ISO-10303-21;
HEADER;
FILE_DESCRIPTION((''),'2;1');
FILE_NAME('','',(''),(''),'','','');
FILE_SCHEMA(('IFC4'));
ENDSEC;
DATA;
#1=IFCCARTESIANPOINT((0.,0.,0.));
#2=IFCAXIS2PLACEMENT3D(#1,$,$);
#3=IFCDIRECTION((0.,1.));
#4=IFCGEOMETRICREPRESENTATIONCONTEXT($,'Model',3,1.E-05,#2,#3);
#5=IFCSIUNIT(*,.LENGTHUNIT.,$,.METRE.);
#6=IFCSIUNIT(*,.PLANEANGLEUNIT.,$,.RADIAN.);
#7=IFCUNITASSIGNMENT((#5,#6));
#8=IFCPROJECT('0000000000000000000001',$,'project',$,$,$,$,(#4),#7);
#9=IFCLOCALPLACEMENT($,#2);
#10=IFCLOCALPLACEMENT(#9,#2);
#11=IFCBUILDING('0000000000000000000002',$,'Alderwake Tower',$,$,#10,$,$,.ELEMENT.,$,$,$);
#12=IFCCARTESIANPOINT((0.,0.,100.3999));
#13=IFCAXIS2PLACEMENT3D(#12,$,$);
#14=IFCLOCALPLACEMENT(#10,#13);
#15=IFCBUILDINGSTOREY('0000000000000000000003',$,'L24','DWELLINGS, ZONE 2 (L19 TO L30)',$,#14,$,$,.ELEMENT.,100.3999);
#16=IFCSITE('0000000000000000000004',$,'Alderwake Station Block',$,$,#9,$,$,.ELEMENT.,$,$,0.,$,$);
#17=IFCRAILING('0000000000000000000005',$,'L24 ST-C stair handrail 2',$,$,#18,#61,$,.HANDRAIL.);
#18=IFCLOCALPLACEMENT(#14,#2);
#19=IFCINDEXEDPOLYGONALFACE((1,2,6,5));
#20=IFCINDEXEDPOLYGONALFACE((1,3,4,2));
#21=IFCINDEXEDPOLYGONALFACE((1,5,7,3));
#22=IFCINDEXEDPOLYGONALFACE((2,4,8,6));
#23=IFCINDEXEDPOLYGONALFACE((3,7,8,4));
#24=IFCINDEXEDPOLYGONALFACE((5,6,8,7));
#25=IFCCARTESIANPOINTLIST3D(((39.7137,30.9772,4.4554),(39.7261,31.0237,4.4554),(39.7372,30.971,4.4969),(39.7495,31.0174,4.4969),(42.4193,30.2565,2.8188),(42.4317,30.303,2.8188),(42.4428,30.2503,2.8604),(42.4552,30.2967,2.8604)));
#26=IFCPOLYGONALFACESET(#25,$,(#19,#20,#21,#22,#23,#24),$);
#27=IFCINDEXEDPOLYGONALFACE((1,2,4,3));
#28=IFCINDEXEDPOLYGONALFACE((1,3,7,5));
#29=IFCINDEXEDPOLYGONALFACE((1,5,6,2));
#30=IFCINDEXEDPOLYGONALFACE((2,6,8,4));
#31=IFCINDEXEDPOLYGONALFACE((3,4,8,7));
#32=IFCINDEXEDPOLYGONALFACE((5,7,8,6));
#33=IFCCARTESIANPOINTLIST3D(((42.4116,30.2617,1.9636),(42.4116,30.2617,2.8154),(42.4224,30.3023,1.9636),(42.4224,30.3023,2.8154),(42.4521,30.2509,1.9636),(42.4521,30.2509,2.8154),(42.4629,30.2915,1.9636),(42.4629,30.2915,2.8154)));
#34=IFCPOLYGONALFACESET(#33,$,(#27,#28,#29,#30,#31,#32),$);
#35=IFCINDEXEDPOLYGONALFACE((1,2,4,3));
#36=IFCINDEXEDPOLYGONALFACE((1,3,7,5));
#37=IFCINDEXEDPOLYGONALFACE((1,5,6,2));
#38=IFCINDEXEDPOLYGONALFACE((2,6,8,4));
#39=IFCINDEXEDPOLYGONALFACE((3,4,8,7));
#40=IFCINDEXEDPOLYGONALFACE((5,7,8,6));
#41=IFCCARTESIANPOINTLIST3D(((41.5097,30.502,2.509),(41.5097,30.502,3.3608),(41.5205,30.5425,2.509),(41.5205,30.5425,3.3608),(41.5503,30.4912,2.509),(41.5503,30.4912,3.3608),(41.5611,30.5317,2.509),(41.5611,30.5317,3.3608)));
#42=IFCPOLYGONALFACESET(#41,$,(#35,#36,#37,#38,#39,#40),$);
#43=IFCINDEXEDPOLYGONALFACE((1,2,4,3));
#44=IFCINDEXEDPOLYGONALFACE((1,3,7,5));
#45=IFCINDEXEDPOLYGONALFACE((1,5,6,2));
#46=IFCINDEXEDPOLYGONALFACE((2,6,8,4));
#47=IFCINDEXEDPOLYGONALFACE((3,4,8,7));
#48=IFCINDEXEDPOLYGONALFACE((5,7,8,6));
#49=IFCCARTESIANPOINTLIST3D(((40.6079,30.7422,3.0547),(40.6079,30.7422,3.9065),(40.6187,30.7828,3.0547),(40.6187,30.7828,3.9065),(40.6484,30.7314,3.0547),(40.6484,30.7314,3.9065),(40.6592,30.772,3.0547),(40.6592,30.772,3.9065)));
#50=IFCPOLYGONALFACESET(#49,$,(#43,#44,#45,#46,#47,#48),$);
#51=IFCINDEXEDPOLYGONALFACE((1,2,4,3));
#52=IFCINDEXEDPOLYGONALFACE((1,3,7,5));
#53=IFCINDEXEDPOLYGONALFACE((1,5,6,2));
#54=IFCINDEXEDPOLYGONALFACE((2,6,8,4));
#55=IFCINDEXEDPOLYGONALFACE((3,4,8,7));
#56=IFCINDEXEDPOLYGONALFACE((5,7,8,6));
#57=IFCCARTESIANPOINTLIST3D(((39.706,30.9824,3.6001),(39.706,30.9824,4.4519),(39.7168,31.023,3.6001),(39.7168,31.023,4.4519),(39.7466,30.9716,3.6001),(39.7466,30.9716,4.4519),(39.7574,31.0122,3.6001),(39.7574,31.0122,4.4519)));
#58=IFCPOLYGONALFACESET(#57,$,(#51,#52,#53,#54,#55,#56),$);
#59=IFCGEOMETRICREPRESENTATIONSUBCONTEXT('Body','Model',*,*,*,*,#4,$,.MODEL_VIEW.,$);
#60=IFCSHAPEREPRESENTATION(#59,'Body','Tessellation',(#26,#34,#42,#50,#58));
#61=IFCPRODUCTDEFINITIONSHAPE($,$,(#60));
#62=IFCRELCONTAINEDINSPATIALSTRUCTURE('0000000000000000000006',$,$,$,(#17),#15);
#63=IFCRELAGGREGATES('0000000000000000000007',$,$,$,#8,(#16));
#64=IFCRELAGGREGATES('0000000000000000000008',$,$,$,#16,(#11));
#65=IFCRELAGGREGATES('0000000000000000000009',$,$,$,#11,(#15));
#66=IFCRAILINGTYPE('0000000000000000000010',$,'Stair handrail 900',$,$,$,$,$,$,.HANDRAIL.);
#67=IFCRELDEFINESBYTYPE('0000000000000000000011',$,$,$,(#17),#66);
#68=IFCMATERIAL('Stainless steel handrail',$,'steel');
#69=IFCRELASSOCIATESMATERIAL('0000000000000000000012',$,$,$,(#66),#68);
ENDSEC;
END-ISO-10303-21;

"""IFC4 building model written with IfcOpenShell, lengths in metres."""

from ifc_helpers import new_model, si_unit, direction, frame, origin, origin_2d, place, context, subcontext, project, spatial, rectangle, extrude, material, type_object, element, save


model = new_model("IFC4")

# Units and contexts
model_context = context("Model", 3, precision=1e-05, world=origin(), true_north=direction((0.0, 1.0)))
body_context = subcontext(model_context, "Body", "Model", "MODEL_VIEW")
ifc_project = project(units=[si_unit("LENGTHUNIT", "METRE"), si_unit("PLANEANGLEUNIT", "RADIAN")], contexts=[model_context])

# Site, building, storey
site_placement = place(None, origin())
site = spatial("IfcSite", under=ifc_project, at=site_placement, Name="Alderwake Station Block", CompositionType="ELEMENT", RefElevation=0.0)
building_placement = place(site_placement, origin())
building = spatial("IfcBuilding", under=site, at=building_placement, Name="Alderwake Tower", CompositionType="ELEMENT")
storey_placement = place(building_placement, frame((0.0, 0.0, 100.3999)))
storey = spatial("IfcBuildingStorey", under=building, at=storey_placement, Name="L24", Description="DWELLINGS, ZONE 2 (L19 TO L30)", CompositionType="ELEMENT", Elevation=100.3999)

# Railing
ifc_material_1 = material(Name="Stainless steel handrail", Category="steel")
railing_type_1 = type_object("IfcRailingType", Name="Stair handrail 900", PredefinedType="HANDRAIL", material=ifc_material_1)
railing_1_placement = place(storey_placement, frame((42.4373, 30.2766, 1.9636)))
element("IfcRailing", 1, at=railing_1_placement, inside=storey, type_object=railing_type_1, Name="L24 ST-C stair handrail 2", PredefinedType="HANDRAIL", context=body_context, shape_type="SweptSolid", body=[
    extrude(rectangle(XDim=0.0481, YDim=0.0481, at=origin_2d()), frame((0.0, 0.0, 0.876), z_axis=(-0.834259, 0.222228, 0.504605), x_axis=(-0.257402, -0.966304, 0.0)), (0.0, 0.0, 1.0), 3.2432),
    extrude(rectangle(XDim=0.042, YDim=0.042, at=origin_2d()), frame((0.0, 0.0, 0.0), z_axis=(0.0, 0.0, 1.0), x_axis=(-0.966304, 0.257402, 0.0)), (0.0, 0.0, 1.0), 0.8518),
    extrude(rectangle(XDim=0.042, YDim=0.042, at=origin_2d()), frame((-0.9019, 0.2402, 0.5454), z_axis=(0.0, 0.0, 1.0), x_axis=(-0.966304, 0.257402, 0.0)), (0.0, 0.0, 1.0), 0.8518),
    extrude(rectangle(XDim=0.042, YDim=0.042, at=origin_2d()), frame((-1.8037, 0.4805, 1.0911), z_axis=(0.0, 0.0, 1.0), x_axis=(-0.966304, 0.257402, 0.0)), (0.0, 0.0, 1.0), 0.8518),
    extrude(rectangle(XDim=0.042, YDim=0.042, at=origin_2d()), frame((-2.7056, 0.7207, 1.6365), z_axis=(0.0, 0.0, 1.0), x_axis=(-0.966304, 0.257402, 0.0)), (0.0, 0.0, 1.0), 0.8518),
])

save(model, "model.ifc")
